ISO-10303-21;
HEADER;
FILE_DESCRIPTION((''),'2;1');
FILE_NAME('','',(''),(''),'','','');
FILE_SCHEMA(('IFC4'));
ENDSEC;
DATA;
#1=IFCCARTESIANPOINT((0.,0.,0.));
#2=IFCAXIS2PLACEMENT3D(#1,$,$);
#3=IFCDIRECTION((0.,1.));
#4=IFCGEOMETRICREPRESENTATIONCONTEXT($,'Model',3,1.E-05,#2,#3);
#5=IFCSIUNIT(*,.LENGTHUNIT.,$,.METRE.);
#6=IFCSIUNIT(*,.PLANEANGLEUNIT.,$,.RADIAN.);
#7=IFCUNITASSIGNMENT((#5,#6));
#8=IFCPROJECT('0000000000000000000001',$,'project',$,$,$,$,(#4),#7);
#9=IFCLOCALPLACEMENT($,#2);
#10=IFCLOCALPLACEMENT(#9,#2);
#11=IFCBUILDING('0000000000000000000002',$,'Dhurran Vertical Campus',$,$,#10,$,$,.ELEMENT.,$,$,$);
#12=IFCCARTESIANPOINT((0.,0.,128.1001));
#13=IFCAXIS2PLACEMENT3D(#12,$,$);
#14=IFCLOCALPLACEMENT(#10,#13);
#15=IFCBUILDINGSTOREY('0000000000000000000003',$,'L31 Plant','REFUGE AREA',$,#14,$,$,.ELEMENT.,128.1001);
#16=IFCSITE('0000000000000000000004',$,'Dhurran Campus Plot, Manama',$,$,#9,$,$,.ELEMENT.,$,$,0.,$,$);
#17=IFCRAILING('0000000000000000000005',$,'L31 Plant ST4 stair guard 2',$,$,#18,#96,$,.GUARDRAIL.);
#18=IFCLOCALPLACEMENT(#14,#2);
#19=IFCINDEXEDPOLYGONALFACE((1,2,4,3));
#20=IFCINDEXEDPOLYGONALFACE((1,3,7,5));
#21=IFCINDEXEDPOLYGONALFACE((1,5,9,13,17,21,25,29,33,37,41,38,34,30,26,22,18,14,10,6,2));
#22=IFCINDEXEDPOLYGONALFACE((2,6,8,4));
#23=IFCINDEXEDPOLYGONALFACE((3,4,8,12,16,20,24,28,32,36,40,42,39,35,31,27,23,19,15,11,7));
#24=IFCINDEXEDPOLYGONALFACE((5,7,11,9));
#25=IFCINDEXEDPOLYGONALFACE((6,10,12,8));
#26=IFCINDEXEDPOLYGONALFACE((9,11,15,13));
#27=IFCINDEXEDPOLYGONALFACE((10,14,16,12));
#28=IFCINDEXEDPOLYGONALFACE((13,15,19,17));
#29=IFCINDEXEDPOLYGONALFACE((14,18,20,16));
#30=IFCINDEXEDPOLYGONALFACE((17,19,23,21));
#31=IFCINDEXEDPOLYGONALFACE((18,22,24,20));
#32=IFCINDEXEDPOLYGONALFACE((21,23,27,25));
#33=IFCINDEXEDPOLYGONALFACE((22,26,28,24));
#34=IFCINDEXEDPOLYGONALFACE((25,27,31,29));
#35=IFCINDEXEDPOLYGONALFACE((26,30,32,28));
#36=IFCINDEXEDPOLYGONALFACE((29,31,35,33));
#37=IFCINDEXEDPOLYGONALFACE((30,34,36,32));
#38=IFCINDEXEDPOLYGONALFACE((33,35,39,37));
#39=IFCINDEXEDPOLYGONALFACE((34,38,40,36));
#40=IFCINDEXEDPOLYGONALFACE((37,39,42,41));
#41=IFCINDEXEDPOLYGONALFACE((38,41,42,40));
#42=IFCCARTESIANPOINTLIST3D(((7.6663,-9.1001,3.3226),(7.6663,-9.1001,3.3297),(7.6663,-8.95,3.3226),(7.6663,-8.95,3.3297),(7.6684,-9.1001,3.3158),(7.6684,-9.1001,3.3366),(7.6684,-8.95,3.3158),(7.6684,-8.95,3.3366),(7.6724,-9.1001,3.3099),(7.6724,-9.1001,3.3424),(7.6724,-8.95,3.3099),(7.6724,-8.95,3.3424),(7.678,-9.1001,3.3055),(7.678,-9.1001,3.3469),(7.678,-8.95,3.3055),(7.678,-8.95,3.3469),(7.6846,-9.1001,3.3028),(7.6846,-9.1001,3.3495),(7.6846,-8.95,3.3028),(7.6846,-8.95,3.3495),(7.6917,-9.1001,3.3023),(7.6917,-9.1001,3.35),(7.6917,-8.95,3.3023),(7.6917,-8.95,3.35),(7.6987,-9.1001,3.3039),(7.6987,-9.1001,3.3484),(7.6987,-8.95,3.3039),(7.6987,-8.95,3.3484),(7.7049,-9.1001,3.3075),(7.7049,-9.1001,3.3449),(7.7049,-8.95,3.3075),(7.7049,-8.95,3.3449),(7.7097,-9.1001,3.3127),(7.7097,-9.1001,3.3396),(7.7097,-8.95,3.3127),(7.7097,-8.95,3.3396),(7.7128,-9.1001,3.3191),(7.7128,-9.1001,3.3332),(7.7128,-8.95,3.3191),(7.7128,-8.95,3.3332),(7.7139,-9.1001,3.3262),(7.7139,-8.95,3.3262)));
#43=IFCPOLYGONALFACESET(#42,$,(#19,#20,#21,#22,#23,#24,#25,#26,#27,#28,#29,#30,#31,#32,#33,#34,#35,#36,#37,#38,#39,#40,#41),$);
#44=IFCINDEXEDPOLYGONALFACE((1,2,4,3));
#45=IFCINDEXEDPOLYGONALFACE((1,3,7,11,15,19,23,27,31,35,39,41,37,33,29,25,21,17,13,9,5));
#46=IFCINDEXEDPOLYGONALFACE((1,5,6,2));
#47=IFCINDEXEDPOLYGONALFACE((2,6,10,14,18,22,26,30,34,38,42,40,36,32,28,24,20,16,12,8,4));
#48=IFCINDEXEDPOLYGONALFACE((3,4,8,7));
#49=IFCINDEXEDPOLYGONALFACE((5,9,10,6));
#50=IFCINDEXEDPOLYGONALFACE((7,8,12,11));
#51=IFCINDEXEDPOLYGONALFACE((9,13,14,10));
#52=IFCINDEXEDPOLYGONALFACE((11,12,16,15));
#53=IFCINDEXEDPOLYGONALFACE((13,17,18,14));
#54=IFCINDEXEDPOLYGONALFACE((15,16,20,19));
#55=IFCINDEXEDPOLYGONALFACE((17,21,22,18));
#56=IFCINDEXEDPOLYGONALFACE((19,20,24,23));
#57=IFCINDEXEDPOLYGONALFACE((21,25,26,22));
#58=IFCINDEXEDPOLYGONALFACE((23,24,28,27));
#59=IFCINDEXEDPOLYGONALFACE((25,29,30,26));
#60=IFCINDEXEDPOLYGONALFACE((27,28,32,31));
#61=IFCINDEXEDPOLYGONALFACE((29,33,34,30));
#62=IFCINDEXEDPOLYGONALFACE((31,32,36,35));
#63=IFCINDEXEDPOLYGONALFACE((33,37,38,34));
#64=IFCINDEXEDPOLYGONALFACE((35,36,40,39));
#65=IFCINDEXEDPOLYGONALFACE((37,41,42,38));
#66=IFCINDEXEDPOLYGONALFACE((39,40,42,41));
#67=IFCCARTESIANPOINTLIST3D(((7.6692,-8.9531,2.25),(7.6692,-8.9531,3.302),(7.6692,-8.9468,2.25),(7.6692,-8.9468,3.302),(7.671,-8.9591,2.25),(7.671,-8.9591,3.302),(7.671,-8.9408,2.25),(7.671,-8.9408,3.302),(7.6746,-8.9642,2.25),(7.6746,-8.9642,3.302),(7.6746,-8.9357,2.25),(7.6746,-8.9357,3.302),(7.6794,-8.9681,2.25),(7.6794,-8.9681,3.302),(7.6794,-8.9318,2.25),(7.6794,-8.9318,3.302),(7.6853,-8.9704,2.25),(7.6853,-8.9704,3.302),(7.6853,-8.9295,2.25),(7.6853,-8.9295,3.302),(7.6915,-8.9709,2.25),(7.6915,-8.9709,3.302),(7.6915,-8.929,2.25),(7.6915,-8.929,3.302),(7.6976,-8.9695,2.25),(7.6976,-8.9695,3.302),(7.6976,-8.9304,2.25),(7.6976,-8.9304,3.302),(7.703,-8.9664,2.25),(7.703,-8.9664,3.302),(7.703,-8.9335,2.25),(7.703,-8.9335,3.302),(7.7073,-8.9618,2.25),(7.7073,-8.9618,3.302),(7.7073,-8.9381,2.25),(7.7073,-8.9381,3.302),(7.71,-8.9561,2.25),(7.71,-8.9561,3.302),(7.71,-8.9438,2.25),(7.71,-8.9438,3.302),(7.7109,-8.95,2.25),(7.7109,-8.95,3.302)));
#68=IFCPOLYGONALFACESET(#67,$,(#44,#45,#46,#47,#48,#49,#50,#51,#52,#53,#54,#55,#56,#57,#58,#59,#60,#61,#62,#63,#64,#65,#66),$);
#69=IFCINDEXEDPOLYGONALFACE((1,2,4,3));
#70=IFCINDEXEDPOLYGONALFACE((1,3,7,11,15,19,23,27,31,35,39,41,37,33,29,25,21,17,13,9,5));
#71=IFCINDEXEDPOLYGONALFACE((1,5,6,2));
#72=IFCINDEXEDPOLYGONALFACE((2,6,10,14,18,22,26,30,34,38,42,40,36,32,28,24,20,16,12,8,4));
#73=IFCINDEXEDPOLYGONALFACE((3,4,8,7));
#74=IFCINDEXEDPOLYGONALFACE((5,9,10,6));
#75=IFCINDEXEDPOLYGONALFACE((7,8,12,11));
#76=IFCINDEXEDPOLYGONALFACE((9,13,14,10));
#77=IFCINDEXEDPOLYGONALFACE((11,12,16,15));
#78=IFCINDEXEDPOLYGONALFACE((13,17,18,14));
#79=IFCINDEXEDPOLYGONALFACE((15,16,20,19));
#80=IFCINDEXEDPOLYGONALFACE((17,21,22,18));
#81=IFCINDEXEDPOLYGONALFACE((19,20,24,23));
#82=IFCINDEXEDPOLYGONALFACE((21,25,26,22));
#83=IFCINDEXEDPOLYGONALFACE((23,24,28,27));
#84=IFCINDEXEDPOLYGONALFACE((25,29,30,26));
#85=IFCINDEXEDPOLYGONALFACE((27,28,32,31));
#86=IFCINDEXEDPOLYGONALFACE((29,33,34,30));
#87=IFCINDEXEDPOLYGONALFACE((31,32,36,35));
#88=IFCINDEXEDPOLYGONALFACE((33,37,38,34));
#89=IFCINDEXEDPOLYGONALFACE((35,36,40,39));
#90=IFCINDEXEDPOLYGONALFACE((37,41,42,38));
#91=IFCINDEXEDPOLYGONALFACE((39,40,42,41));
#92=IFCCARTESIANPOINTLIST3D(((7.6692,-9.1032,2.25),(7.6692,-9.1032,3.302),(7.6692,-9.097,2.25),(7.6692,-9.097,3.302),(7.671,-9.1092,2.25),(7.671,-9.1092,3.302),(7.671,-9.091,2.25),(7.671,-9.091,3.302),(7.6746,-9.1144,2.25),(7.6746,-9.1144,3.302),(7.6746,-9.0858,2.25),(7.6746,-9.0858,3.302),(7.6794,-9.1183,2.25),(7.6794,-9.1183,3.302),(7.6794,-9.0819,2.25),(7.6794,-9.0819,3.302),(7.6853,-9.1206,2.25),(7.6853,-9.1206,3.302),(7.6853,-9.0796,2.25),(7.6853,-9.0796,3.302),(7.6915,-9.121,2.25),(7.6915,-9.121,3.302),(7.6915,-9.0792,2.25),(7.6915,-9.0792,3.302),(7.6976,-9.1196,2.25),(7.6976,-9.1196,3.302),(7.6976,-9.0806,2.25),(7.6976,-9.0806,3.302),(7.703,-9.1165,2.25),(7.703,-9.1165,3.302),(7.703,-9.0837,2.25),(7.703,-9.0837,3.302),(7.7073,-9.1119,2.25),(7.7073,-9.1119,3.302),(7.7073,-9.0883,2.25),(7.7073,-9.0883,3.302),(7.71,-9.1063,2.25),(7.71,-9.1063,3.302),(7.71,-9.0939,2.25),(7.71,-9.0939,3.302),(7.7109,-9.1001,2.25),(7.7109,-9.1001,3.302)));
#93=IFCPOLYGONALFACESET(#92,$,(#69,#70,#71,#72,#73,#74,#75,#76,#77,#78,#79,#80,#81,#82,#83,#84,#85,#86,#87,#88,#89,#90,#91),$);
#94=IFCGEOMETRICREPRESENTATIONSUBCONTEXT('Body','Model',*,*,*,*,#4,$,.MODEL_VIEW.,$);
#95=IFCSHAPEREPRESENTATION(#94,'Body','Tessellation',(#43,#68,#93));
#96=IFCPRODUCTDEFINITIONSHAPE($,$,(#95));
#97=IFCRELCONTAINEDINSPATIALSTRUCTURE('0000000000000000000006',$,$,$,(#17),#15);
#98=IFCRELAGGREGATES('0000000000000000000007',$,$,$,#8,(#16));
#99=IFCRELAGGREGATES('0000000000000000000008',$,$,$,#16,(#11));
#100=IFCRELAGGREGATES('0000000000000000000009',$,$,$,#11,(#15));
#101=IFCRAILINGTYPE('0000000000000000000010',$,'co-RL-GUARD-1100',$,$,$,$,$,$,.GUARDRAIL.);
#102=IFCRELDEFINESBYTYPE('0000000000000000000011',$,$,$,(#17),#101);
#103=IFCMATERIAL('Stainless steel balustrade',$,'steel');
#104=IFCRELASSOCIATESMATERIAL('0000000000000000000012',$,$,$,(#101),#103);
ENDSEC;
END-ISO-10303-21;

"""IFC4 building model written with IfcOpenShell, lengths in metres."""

from ifc_helpers import new_model, si_unit, direction, frame, origin, origin_2d, place, context, subcontext, project, spatial, circle, extrude, material, type_object, element, save


model = new_model("IFC4")

# Units and contexts
model_context = context("Model", 3, precision=1e-05, world=origin(), true_north=direction((0.0, 1.0)))
body_context = subcontext(model_context, "Body", "Model", "MODEL_VIEW")
ifc_project = project(units=[si_unit("LENGTHUNIT", "METRE"), si_unit("PLANEANGLEUNIT", "RADIAN")], contexts=[model_context])

# Site, building, storey
site_placement = place(None, origin())
site = spatial("IfcSite", under=ifc_project, at=site_placement, Name="Dhurran Campus Plot, Manama", CompositionType="ELEMENT", RefElevation=0.0)
building_placement = place(site_placement, origin())
building = spatial("IfcBuilding", under=site, at=building_placement, Name="Dhurran Vertical Campus", CompositionType="ELEMENT")
storey_placement = place(building_placement, frame((0.0, 0.0, 128.1001)))
storey = spatial("IfcBuildingStorey", under=building, at=storey_placement, Name="L31 Plant", Description="REFUGE AREA", CompositionType="ELEMENT", Elevation=128.1001)

# Railing
ifc_material_1 = material(Name="Stainless steel balustrade", Category="steel")
railing_type_1 = type_object("IfcRailingType", Name="co-RL-GUARD-1100", PredefinedType="GUARDRAIL", material=ifc_material_1)
railing_1_placement = place(storey_placement, frame((7.6899, -8.95, 2.25)))
element("IfcRailing", 1, at=railing_1_placement, inside=storey, type_object=railing_type_1, Name="L31 Plant ST4 stair guard 2", PredefinedType="GUARDRAIL", context=body_context, shape_type="SweptSolid", body=[
    extrude(circle(Radius=0.0239, at=origin_2d()), frame((0.0, 0.0, 1.0762), z_axis=(0.0, -1.0, 0.0), x_axis=(1.0, 0.0, 0.0)), (0.0, 0.0, 1.0), 0.1501),
    extrude(circle(Radius=0.021, at=origin_2d()), origin(), (0.0, 0.0, 1.0), 1.052),
    extrude(circle(Radius=0.021, at=origin_2d()), frame((0.0, -0.1501, 0.0)), (0.0, 0.0, 1.0), 1.052),
])

save(model, "model.ifc")
